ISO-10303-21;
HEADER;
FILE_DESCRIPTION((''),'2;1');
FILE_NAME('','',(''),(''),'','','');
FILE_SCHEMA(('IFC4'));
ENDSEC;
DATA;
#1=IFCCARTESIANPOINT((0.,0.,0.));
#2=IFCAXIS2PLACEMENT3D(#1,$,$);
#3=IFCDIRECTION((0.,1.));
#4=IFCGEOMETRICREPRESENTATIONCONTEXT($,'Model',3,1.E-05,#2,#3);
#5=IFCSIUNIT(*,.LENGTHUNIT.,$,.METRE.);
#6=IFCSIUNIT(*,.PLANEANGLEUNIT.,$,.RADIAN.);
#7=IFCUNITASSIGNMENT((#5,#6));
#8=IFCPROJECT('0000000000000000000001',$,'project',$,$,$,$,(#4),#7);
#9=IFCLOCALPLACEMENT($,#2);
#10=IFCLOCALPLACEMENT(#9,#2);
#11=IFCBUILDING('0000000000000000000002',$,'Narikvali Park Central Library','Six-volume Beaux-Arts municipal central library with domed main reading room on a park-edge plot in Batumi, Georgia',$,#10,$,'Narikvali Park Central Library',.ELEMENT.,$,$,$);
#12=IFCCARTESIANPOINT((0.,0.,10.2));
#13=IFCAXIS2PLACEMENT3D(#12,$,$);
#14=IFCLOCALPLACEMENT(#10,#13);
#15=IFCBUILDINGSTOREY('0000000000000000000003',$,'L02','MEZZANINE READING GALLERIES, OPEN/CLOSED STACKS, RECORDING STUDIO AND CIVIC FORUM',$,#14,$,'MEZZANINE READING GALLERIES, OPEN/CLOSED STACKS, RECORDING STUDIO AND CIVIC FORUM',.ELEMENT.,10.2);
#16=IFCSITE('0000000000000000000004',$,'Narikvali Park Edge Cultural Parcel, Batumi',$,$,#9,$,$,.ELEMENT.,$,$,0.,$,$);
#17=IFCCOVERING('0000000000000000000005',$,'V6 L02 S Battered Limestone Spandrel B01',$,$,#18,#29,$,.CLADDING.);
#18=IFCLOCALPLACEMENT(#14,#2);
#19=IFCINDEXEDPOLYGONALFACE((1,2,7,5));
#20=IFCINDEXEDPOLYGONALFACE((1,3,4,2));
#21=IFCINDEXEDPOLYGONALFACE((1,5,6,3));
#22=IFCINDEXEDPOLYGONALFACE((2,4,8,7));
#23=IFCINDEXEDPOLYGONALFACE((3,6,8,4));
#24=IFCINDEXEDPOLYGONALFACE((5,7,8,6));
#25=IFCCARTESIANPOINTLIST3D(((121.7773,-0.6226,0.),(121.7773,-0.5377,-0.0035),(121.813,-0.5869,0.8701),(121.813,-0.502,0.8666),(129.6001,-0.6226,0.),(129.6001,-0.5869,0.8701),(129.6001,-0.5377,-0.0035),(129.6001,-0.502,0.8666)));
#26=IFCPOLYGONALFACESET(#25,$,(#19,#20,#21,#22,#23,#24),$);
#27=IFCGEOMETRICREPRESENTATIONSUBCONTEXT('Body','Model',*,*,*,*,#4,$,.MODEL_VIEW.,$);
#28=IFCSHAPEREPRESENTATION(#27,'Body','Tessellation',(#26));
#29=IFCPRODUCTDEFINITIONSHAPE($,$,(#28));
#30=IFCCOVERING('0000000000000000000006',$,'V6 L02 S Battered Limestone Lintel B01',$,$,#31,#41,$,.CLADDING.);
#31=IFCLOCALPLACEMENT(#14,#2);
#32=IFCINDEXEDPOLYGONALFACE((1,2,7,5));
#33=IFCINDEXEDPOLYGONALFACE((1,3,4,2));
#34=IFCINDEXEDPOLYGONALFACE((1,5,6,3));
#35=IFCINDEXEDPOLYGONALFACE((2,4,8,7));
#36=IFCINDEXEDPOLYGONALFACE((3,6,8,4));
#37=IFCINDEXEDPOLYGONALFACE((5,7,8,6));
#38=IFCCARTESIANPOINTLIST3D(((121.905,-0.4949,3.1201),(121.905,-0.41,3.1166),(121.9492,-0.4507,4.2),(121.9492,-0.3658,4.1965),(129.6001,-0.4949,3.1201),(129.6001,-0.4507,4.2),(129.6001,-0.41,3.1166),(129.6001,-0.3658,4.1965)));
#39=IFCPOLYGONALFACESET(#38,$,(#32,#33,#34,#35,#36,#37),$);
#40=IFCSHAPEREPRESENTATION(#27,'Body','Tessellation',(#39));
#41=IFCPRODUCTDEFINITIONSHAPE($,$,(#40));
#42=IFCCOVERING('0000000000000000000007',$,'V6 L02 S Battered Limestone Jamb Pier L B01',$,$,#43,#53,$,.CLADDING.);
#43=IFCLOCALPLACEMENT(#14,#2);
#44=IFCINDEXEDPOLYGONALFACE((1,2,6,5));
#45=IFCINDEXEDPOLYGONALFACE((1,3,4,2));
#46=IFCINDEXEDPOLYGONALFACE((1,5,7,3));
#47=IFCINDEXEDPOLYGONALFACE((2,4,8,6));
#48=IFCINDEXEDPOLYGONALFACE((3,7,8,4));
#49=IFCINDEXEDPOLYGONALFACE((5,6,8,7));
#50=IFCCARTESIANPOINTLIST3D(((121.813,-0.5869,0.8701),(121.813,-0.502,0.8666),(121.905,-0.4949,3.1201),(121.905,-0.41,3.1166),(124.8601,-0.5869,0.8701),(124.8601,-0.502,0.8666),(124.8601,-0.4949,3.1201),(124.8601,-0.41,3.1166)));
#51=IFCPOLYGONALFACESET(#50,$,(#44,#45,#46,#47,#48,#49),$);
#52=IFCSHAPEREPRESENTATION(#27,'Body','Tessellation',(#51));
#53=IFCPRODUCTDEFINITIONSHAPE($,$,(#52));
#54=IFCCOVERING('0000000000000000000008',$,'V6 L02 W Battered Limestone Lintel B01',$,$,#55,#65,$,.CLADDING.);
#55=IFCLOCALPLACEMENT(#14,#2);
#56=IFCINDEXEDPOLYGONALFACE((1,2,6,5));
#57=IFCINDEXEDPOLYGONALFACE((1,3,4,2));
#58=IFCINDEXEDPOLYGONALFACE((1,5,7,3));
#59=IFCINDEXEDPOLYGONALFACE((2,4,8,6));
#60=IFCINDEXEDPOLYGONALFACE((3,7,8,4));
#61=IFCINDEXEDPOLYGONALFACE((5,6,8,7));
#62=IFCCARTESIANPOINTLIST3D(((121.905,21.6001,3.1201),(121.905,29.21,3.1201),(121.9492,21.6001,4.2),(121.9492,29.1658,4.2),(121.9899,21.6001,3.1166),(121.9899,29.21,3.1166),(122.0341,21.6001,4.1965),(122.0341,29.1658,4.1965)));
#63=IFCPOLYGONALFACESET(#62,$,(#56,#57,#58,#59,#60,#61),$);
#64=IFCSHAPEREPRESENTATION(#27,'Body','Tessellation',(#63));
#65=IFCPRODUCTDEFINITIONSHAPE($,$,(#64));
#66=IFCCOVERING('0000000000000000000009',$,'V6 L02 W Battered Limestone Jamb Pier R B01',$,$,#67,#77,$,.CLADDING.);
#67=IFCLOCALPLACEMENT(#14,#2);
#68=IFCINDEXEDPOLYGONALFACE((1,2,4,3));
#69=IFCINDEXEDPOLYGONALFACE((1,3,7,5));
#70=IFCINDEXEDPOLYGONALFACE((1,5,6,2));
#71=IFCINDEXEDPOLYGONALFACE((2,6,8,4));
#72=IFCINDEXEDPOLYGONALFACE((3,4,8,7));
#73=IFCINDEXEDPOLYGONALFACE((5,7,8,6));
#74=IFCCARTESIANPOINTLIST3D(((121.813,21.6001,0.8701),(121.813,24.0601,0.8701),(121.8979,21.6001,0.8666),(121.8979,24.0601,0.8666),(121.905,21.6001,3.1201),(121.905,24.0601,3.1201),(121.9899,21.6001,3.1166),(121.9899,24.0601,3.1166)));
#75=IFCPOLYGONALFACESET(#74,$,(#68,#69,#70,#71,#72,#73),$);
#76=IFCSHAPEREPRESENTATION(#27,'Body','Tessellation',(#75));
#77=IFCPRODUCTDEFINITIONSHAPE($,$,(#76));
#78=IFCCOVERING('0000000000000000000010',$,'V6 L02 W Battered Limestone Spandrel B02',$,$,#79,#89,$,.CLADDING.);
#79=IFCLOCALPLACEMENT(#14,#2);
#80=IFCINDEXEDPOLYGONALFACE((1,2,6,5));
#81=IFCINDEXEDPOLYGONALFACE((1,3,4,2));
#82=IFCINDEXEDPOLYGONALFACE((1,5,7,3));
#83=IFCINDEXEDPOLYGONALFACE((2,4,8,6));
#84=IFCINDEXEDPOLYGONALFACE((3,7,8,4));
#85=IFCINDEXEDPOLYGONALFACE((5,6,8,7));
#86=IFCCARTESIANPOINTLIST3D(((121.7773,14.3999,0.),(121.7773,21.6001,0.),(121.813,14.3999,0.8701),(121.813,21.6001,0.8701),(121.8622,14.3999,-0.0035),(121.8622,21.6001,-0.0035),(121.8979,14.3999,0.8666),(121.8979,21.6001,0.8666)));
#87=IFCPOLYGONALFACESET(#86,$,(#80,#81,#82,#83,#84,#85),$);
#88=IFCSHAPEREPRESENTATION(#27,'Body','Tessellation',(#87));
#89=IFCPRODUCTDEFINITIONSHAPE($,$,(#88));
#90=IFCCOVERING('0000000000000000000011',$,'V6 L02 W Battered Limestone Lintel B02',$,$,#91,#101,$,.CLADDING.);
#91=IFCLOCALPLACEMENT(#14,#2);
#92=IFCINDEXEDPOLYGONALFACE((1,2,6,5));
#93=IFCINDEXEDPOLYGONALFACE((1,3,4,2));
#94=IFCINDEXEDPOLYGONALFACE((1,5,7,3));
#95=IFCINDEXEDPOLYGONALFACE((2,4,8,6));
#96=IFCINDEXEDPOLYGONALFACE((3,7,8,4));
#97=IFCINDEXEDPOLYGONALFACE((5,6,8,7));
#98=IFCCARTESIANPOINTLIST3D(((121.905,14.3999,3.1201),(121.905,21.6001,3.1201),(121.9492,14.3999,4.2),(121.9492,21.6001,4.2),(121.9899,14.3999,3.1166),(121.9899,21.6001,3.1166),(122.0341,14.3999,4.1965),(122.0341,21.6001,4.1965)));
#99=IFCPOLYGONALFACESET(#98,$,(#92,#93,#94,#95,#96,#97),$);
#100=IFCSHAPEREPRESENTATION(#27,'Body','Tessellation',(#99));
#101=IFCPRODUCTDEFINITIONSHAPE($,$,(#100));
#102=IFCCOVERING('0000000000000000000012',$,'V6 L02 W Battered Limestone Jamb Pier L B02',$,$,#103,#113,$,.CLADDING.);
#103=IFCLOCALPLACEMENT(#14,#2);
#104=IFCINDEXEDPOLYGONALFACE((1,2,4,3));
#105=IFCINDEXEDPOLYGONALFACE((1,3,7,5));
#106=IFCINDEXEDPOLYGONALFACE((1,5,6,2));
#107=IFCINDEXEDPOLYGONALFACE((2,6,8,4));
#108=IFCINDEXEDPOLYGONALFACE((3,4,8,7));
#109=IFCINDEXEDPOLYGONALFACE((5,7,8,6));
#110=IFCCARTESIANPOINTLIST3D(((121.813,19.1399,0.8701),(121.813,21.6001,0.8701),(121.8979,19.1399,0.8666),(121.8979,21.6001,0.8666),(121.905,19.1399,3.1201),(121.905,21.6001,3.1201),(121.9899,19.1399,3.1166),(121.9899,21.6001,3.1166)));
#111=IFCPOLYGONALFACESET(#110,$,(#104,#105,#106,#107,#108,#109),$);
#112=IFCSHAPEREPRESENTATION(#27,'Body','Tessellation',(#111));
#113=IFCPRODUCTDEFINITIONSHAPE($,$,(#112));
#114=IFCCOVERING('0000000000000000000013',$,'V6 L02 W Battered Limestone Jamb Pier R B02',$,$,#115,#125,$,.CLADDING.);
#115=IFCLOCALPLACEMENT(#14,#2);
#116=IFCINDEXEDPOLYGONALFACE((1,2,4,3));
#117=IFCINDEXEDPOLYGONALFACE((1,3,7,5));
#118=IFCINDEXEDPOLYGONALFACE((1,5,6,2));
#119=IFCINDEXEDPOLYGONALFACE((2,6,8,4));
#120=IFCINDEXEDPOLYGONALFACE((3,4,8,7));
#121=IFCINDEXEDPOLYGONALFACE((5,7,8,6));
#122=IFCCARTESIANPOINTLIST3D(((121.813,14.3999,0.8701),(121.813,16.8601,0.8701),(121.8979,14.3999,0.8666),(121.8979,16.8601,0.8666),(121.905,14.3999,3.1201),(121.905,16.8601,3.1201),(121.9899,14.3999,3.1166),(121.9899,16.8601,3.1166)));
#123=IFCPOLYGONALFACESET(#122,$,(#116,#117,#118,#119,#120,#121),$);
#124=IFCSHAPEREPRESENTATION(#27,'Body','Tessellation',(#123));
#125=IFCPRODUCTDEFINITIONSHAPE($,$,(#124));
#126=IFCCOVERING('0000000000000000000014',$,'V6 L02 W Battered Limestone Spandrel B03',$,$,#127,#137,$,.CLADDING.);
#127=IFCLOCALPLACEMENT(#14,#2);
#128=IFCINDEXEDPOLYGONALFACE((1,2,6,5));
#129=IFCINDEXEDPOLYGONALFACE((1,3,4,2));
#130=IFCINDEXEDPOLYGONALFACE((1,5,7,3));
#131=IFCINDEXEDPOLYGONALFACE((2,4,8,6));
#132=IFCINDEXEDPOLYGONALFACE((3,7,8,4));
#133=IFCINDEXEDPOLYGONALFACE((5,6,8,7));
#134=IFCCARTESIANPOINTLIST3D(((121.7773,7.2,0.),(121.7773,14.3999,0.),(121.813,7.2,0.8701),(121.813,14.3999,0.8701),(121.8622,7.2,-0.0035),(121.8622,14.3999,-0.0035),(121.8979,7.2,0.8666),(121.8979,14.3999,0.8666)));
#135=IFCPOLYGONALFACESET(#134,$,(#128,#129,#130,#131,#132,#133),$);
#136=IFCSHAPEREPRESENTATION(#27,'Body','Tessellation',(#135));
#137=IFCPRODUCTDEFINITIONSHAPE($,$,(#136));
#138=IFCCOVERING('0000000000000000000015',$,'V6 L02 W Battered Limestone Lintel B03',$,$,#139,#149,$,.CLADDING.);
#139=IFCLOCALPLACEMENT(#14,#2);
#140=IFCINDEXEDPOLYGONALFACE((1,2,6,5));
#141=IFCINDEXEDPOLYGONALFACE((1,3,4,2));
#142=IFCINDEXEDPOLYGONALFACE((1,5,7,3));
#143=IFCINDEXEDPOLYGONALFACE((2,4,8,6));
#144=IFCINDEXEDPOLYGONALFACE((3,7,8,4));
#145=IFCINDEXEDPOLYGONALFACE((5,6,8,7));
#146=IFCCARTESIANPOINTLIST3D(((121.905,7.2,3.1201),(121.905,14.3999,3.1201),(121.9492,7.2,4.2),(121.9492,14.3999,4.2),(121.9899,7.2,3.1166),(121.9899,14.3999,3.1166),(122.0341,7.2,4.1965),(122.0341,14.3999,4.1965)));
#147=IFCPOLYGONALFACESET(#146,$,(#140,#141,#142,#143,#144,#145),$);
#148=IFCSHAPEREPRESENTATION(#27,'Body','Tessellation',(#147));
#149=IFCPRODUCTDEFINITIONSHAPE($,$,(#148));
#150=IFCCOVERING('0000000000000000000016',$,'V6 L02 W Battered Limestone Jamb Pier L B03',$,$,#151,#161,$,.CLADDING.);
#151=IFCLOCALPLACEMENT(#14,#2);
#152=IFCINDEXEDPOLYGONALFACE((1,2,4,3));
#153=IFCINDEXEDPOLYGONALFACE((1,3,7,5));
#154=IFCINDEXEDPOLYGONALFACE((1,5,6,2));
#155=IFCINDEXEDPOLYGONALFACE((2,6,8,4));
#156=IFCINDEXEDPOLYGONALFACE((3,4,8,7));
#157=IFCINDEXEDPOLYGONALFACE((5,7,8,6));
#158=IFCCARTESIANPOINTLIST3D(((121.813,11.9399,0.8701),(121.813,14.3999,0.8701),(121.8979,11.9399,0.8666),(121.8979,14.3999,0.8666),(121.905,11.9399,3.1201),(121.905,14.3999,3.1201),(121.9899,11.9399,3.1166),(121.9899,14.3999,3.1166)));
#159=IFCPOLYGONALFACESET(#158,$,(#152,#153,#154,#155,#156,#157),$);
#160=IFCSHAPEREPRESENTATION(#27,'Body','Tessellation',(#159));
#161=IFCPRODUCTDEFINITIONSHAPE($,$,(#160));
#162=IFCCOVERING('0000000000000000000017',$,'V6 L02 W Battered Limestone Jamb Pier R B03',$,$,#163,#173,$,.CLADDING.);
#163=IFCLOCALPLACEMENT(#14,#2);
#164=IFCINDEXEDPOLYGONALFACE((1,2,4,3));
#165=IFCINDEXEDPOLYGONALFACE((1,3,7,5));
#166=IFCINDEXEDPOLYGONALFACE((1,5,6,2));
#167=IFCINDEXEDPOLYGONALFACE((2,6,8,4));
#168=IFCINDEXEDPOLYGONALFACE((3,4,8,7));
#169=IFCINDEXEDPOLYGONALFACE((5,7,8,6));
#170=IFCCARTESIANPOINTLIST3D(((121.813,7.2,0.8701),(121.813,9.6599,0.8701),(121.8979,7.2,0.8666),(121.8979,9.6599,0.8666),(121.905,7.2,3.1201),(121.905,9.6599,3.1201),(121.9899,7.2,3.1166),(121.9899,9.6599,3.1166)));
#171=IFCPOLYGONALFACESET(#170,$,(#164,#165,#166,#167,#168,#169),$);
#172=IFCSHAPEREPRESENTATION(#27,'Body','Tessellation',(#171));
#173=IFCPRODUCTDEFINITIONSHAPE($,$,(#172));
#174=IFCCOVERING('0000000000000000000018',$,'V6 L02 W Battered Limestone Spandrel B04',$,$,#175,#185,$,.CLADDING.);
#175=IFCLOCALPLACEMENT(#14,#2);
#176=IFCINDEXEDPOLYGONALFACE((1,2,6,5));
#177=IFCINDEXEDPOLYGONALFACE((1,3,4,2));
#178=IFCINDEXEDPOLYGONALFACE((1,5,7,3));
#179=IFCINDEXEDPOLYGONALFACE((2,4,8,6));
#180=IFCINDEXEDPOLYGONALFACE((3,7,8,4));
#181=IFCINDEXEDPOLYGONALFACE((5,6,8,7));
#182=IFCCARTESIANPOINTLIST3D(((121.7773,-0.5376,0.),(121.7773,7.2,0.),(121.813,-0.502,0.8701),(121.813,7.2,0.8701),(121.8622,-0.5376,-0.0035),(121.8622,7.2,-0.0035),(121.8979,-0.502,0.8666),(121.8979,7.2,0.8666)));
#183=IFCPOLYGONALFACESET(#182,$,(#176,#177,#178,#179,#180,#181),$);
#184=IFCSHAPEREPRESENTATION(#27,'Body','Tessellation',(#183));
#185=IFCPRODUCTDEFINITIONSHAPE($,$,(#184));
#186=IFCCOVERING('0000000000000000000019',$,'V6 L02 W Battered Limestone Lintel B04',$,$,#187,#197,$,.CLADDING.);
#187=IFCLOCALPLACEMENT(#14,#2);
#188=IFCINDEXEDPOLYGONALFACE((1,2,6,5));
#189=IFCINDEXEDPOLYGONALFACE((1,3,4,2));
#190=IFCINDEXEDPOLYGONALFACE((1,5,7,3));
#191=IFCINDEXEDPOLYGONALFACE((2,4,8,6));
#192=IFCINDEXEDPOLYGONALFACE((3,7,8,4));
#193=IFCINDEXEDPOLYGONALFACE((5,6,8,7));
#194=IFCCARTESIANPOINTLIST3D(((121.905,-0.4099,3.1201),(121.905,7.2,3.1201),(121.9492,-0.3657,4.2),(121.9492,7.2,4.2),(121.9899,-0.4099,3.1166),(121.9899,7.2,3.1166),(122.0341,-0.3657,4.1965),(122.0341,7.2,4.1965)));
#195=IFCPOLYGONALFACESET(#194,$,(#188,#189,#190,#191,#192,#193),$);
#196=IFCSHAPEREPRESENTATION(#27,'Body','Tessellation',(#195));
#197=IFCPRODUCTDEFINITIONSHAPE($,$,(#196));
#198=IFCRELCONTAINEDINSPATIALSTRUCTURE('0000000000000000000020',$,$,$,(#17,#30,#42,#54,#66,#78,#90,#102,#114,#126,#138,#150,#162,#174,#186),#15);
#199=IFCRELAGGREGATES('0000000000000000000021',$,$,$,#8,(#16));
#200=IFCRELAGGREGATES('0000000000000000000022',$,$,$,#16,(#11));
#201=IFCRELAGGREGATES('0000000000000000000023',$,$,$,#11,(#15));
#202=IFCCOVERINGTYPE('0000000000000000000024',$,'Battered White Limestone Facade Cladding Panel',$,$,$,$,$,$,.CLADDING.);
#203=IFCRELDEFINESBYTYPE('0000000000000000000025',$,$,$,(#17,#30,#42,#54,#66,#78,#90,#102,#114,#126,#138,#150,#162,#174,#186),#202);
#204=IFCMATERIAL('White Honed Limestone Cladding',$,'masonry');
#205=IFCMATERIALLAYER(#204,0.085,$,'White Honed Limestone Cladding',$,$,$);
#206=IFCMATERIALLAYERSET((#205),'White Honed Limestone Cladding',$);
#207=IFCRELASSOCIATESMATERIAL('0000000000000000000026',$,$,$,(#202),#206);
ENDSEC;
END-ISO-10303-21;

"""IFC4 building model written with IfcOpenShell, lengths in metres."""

from ifc_helpers import new_model, si_unit, direction, frame, origin, place, context, subcontext, project, spatial, polyline, outline, extrude, material, layer, layer_set, type_object, element, save


model = new_model("IFC4")

# Units and contexts
model_context = context("Model", 3, precision=1e-05, world=origin(), true_north=direction((0.0, 1.0)))
body_context = subcontext(model_context, "Body", "Model", "MODEL_VIEW")
ifc_project = project(units=[si_unit("LENGTHUNIT", "METRE"), si_unit("PLANEANGLEUNIT", "RADIAN")], contexts=[model_context])

# Site, building, storey
site_placement = place(None, origin())
site = spatial("IfcSite", under=ifc_project, at=site_placement, Name="Narikvali Park Edge Cultural Parcel, Batumi", CompositionType="ELEMENT", RefElevation=0.0)
building_placement = place(site_placement, origin())
building = spatial("IfcBuilding", under=site, at=building_placement, Name="Narikvali Park Central Library", Description="Six-volume Beaux-Arts municipal central library with domed main reading room on a park-edge plot in Batumi, Georgia", LongName="Narikvali Park Central Library", CompositionType="ELEMENT")
storey_placement = place(building_placement, frame((0.0, 0.0, 10.2)))
storey = spatial("IfcBuildingStorey", under=building, at=storey_placement, Name="L02", Description="MEZZANINE READING GALLERIES, OPEN/CLOSED STACKS, RECORDING STUDIO AND CIVIC FORUM", LongName="MEZZANINE READING GALLERIES, OPEN/CLOSED STACKS, RECORDING STUDIO AND CIVIC FORUM", CompositionType="ELEMENT", Elevation=10.2)

# Coverings
ifc_material_1 = material(Name="White Honed Limestone Cladding", Category="masonry")
ifc_layer_1 = layer(ifc_material_1, 0.085, Name="White Honed Limestone Cladding")
ifc_layer_set_1 = layer_set([ifc_layer_1], Name="White Honed Limestone Cladding")
covering_type = type_object("IfcCoveringType", Name="Battered White Limestone Facade Cladding Panel", PredefinedType="CLADDING", material=ifc_layer_set_1)
covering_1_placement = place(storey_placement, frame((121.7773, -0.6226, 0.0), z_axis=(0.0, -0.999162, 0.040931), x_axis=(1.0, 0.0, 0.0)))
element("IfcCovering", 1, at=covering_1_placement, inside=storey, type_object=covering_type, Name="V6 L02 S Battered Limestone Spandrel B01", PredefinedType="CLADDING", context=body_context, shape_type="SweptSolid", body=[
    extrude(outline(polyline([(0.0, 0.0), (7.8228, 0.0), (7.8228, 0.8708), (0.0356, 0.8708), (0.0, 0.0)])), origin(), (0.0, 0.0, -1.0), 0.085),
])
covering_2_placement = place(storey_placement, frame((121.905, -0.4949, 3.1201), z_axis=(0.0, -0.999164, 0.040888), x_axis=(1.0, 0.0, 0.0)))
element("IfcCovering", 2, at=covering_2_placement, inside=storey, type_object=covering_type, Name="V6 L02 S Battered Limestone Lintel B01", PredefinedType="CLADDING", context=body_context, shape_type="SweptSolid", body=[
    extrude(outline(polyline([(0.0, 0.0), (7.6951, 0.0), (7.6951, 1.0807), (0.0442, 1.0807), (0.0, 0.0)])), origin(), (0.0, 0.0, -1.0), 0.085),
])
covering_3_placement = place(storey_placement, frame((121.813, -0.5869, 0.8701), z_axis=(0.0, -0.999164, 0.040873), x_axis=(1.0, 0.0, 0.0)))
element("IfcCovering", 3, at=covering_3_placement, inside=storey, type_object=covering_type, Name="V6 L02 S Battered Limestone Jamb Pier L B01", PredefinedType="CLADDING", context=body_context, shape_type="SweptSolid", body=[
    extrude(outline(polyline([(0.0, 0.0), (3.0471, 0.0), (3.0471, 2.2519), (0.092, 2.2519), (0.0, 0.0)])), origin(), (0.0, 0.0, -1.0), 0.085),
])
covering_4_placement = place(storey_placement, frame((121.905, 29.21, 3.1201), z_axis=(-0.999164, 0.0, 0.040888), x_axis=(0.0, -1.0, 0.0)))
element("IfcCovering", 4, at=covering_4_placement, inside=storey, type_object=covering_type, Name="V6 L02 W Battered Limestone Lintel B01", PredefinedType="CLADDING", context=body_context, shape_type="SweptSolid", body=[
    extrude(outline(polyline([(0.0, 0.0), (7.6099, 0.0), (7.6099, 1.0807), (0.0442, 1.0807), (0.0, 0.0)])), origin(), (0.0, 0.0, -1.0), 0.085),
])
covering_5_placement = place(storey_placement, frame((121.813, 24.0601, 0.8701), z_axis=(-0.999164, 0.0, 0.040873), x_axis=(0.0, -1.0, 0.0)))
element("IfcCovering", 5, at=covering_5_placement, inside=storey, type_object=covering_type, Name="V6 L02 W Battered Limestone Jamb Pier R B01", PredefinedType="CLADDING", context=body_context, shape_type="SweptSolid", body=[
    extrude(outline(polyline([(0.0, 0.0), (2.46, 0.0), (2.46, 2.2519), (0.0, 2.2519), (0.0, 0.0)])), origin(), (0.0, 0.0, -1.0), 0.085),
])
covering_6_placement = place(storey_placement, frame((121.7773, 21.6001, 0.0), z_axis=(-0.999162, 0.0, 0.040931), x_axis=(0.0, -1.0, 0.0)))
element("IfcCovering", 6, at=covering_6_placement, inside=storey, type_object=covering_type, Name="V6 L02 W Battered Limestone Spandrel B02", PredefinedType="CLADDING", context=body_context, shape_type="SweptSolid", body=[
    extrude(outline(polyline([(0.0, 0.0), (7.2002, 0.0), (7.2002, 0.8708), (0.0, 0.8708), (0.0, 0.0)])), origin(), (0.0, 0.0, -1.0), 0.085),
])
covering_7_placement = place(storey_placement, frame((121.905, 21.6001, 3.1201), z_axis=(-0.999164, 0.0, 0.040888), x_axis=(0.0, -1.0, 0.0)))
element("IfcCovering", 7, at=covering_7_placement, inside=storey, type_object=covering_type, Name="V6 L02 W Battered Limestone Lintel B02", PredefinedType="CLADDING", context=body_context, shape_type="SweptSolid", body=[
    extrude(outline(polyline([(0.0, 0.0), (7.2002, 0.0), (7.2002, 1.0807), (0.0, 1.0807), (0.0, 0.0)])), origin(), (0.0, 0.0, -1.0), 0.085),
])
for number, where, z_axis, x_axis, name in (
    (8, (121.813, 21.6001, 0.8701), (-0.999164, 0.0, 0.040873), (0.0, -1.0, 0.0), "V6 L02 W Battered Limestone Jamb Pier L B02"),
    (9, (121.813, 16.8601, 0.8701), (-0.999164, 0.0, 0.040873), (0.0, -1.0, 0.0), "V6 L02 W Battered Limestone Jamb Pier R B02"),
):
    element("IfcCovering", number, at=place(storey_placement, frame(where, z_axis=z_axis, x_axis=x_axis)), inside=storey, type_object=covering_type, Name=name, PredefinedType="CLADDING", context=body_context, shape_type="SweptSolid", body=[
        extrude(outline(polyline([(0.0, 0.0), (2.4602, 0.0), (2.4602, 2.2519), (0.0, 2.2519), (0.0, 0.0)])), origin(), (0.0, 0.0, -1.0), 0.085),
    ])
covering_8_placement = place(storey_placement, frame((121.7773, 14.3999, 0.0), z_axis=(-0.999162, 0.0, 0.040931), x_axis=(0.0, -1.0, 0.0)))
element("IfcCovering", 10, at=covering_8_placement, inside=storey, type_object=covering_type, Name="V6 L02 W Battered Limestone Spandrel B03", PredefinedType="CLADDING", context=body_context, shape_type="SweptSolid", body=[
    extrude(outline(polyline([(0.0, 0.0), (7.2, 0.0), (7.2, 0.8708), (0.0, 0.8708), (0.0, 0.0)])), origin(), (0.0, 0.0, -1.0), 0.085),
])
covering_9_placement = place(storey_placement, frame((121.905, 14.3999, 3.1201), z_axis=(-0.999164, 0.0, 0.040888), x_axis=(0.0, -1.0, 0.0)))
element("IfcCovering", 11, at=covering_9_placement, inside=storey, type_object=covering_type, Name="V6 L02 W Battered Limestone Lintel B03", PredefinedType="CLADDING", context=body_context, shape_type="SweptSolid", body=[
    extrude(outline(polyline([(0.0, 0.0), (7.2, 0.0), (7.2, 1.0807), (0.0, 1.0807), (0.0, 0.0)])), origin(), (0.0, 0.0, -1.0), 0.085),
])
for number, where, z_axis, x_axis, name in (
    (12, (121.813, 14.3999, 0.8701), (-0.999164, 0.0, 0.040873), (0.0, -1.0, 0.0), "V6 L02 W Battered Limestone Jamb Pier L B03"),
    (13, (121.813, 9.6599, 0.8701), (-0.999164, 0.0, 0.040873), (0.0, -1.0, 0.0), "V6 L02 W Battered Limestone Jamb Pier R B03"),
):
    element("IfcCovering", number, at=place(storey_placement, frame(where, z_axis=z_axis, x_axis=x_axis)), inside=storey, type_object=covering_type, Name=name, PredefinedType="CLADDING", context=body_context, shape_type="SweptSolid", body=[
        extrude(outline(polyline([(0.0, 0.0), (2.46, 0.0), (2.46, 2.2519), (0.0, 2.2519), (0.0, 0.0)])), origin(), (0.0, 0.0, -1.0), 0.085),
    ])
covering_10_placement = place(storey_placement, frame((121.7773, 7.2, 0.0), z_axis=(-0.999162, 0.0, 0.040931), x_axis=(0.0, -1.0, 0.0)))
element("IfcCovering", 14, at=covering_10_placement, inside=storey, type_object=covering_type, Name="V6 L02 W Battered Limestone Spandrel B04", PredefinedType="CLADDING", context=body_context, shape_type="SweptSolid", body=[
    extrude(outline(polyline([(0.0, 0.0), (7.7375, 0.0), (7.7019, 0.8708), (0.0, 0.8708), (0.0, 0.0)])), origin(), (0.0, 0.0, -1.0), 0.085),
])
covering_11_placement = place(storey_placement, frame((121.905, 7.2, 3.1201), z_axis=(-0.999164, 0.0, 0.040888), x_axis=(0.0, -1.0, 0.0)))
element("IfcCovering", 15, at=covering_11_placement, inside=storey, type_object=covering_type, Name="V6 L02 W Battered Limestone Lintel B04", PredefinedType="CLADDING", context=body_context, shape_type="SweptSolid", body=[
    extrude(outline(polyline([(0.0, 0.0), (7.6099, 0.0), (7.5657, 1.0807), (0.0, 1.0807), (0.0, 0.0)])), origin(), (0.0, 0.0, -1.0), 0.085),
])

save(model, "model.ifc")
